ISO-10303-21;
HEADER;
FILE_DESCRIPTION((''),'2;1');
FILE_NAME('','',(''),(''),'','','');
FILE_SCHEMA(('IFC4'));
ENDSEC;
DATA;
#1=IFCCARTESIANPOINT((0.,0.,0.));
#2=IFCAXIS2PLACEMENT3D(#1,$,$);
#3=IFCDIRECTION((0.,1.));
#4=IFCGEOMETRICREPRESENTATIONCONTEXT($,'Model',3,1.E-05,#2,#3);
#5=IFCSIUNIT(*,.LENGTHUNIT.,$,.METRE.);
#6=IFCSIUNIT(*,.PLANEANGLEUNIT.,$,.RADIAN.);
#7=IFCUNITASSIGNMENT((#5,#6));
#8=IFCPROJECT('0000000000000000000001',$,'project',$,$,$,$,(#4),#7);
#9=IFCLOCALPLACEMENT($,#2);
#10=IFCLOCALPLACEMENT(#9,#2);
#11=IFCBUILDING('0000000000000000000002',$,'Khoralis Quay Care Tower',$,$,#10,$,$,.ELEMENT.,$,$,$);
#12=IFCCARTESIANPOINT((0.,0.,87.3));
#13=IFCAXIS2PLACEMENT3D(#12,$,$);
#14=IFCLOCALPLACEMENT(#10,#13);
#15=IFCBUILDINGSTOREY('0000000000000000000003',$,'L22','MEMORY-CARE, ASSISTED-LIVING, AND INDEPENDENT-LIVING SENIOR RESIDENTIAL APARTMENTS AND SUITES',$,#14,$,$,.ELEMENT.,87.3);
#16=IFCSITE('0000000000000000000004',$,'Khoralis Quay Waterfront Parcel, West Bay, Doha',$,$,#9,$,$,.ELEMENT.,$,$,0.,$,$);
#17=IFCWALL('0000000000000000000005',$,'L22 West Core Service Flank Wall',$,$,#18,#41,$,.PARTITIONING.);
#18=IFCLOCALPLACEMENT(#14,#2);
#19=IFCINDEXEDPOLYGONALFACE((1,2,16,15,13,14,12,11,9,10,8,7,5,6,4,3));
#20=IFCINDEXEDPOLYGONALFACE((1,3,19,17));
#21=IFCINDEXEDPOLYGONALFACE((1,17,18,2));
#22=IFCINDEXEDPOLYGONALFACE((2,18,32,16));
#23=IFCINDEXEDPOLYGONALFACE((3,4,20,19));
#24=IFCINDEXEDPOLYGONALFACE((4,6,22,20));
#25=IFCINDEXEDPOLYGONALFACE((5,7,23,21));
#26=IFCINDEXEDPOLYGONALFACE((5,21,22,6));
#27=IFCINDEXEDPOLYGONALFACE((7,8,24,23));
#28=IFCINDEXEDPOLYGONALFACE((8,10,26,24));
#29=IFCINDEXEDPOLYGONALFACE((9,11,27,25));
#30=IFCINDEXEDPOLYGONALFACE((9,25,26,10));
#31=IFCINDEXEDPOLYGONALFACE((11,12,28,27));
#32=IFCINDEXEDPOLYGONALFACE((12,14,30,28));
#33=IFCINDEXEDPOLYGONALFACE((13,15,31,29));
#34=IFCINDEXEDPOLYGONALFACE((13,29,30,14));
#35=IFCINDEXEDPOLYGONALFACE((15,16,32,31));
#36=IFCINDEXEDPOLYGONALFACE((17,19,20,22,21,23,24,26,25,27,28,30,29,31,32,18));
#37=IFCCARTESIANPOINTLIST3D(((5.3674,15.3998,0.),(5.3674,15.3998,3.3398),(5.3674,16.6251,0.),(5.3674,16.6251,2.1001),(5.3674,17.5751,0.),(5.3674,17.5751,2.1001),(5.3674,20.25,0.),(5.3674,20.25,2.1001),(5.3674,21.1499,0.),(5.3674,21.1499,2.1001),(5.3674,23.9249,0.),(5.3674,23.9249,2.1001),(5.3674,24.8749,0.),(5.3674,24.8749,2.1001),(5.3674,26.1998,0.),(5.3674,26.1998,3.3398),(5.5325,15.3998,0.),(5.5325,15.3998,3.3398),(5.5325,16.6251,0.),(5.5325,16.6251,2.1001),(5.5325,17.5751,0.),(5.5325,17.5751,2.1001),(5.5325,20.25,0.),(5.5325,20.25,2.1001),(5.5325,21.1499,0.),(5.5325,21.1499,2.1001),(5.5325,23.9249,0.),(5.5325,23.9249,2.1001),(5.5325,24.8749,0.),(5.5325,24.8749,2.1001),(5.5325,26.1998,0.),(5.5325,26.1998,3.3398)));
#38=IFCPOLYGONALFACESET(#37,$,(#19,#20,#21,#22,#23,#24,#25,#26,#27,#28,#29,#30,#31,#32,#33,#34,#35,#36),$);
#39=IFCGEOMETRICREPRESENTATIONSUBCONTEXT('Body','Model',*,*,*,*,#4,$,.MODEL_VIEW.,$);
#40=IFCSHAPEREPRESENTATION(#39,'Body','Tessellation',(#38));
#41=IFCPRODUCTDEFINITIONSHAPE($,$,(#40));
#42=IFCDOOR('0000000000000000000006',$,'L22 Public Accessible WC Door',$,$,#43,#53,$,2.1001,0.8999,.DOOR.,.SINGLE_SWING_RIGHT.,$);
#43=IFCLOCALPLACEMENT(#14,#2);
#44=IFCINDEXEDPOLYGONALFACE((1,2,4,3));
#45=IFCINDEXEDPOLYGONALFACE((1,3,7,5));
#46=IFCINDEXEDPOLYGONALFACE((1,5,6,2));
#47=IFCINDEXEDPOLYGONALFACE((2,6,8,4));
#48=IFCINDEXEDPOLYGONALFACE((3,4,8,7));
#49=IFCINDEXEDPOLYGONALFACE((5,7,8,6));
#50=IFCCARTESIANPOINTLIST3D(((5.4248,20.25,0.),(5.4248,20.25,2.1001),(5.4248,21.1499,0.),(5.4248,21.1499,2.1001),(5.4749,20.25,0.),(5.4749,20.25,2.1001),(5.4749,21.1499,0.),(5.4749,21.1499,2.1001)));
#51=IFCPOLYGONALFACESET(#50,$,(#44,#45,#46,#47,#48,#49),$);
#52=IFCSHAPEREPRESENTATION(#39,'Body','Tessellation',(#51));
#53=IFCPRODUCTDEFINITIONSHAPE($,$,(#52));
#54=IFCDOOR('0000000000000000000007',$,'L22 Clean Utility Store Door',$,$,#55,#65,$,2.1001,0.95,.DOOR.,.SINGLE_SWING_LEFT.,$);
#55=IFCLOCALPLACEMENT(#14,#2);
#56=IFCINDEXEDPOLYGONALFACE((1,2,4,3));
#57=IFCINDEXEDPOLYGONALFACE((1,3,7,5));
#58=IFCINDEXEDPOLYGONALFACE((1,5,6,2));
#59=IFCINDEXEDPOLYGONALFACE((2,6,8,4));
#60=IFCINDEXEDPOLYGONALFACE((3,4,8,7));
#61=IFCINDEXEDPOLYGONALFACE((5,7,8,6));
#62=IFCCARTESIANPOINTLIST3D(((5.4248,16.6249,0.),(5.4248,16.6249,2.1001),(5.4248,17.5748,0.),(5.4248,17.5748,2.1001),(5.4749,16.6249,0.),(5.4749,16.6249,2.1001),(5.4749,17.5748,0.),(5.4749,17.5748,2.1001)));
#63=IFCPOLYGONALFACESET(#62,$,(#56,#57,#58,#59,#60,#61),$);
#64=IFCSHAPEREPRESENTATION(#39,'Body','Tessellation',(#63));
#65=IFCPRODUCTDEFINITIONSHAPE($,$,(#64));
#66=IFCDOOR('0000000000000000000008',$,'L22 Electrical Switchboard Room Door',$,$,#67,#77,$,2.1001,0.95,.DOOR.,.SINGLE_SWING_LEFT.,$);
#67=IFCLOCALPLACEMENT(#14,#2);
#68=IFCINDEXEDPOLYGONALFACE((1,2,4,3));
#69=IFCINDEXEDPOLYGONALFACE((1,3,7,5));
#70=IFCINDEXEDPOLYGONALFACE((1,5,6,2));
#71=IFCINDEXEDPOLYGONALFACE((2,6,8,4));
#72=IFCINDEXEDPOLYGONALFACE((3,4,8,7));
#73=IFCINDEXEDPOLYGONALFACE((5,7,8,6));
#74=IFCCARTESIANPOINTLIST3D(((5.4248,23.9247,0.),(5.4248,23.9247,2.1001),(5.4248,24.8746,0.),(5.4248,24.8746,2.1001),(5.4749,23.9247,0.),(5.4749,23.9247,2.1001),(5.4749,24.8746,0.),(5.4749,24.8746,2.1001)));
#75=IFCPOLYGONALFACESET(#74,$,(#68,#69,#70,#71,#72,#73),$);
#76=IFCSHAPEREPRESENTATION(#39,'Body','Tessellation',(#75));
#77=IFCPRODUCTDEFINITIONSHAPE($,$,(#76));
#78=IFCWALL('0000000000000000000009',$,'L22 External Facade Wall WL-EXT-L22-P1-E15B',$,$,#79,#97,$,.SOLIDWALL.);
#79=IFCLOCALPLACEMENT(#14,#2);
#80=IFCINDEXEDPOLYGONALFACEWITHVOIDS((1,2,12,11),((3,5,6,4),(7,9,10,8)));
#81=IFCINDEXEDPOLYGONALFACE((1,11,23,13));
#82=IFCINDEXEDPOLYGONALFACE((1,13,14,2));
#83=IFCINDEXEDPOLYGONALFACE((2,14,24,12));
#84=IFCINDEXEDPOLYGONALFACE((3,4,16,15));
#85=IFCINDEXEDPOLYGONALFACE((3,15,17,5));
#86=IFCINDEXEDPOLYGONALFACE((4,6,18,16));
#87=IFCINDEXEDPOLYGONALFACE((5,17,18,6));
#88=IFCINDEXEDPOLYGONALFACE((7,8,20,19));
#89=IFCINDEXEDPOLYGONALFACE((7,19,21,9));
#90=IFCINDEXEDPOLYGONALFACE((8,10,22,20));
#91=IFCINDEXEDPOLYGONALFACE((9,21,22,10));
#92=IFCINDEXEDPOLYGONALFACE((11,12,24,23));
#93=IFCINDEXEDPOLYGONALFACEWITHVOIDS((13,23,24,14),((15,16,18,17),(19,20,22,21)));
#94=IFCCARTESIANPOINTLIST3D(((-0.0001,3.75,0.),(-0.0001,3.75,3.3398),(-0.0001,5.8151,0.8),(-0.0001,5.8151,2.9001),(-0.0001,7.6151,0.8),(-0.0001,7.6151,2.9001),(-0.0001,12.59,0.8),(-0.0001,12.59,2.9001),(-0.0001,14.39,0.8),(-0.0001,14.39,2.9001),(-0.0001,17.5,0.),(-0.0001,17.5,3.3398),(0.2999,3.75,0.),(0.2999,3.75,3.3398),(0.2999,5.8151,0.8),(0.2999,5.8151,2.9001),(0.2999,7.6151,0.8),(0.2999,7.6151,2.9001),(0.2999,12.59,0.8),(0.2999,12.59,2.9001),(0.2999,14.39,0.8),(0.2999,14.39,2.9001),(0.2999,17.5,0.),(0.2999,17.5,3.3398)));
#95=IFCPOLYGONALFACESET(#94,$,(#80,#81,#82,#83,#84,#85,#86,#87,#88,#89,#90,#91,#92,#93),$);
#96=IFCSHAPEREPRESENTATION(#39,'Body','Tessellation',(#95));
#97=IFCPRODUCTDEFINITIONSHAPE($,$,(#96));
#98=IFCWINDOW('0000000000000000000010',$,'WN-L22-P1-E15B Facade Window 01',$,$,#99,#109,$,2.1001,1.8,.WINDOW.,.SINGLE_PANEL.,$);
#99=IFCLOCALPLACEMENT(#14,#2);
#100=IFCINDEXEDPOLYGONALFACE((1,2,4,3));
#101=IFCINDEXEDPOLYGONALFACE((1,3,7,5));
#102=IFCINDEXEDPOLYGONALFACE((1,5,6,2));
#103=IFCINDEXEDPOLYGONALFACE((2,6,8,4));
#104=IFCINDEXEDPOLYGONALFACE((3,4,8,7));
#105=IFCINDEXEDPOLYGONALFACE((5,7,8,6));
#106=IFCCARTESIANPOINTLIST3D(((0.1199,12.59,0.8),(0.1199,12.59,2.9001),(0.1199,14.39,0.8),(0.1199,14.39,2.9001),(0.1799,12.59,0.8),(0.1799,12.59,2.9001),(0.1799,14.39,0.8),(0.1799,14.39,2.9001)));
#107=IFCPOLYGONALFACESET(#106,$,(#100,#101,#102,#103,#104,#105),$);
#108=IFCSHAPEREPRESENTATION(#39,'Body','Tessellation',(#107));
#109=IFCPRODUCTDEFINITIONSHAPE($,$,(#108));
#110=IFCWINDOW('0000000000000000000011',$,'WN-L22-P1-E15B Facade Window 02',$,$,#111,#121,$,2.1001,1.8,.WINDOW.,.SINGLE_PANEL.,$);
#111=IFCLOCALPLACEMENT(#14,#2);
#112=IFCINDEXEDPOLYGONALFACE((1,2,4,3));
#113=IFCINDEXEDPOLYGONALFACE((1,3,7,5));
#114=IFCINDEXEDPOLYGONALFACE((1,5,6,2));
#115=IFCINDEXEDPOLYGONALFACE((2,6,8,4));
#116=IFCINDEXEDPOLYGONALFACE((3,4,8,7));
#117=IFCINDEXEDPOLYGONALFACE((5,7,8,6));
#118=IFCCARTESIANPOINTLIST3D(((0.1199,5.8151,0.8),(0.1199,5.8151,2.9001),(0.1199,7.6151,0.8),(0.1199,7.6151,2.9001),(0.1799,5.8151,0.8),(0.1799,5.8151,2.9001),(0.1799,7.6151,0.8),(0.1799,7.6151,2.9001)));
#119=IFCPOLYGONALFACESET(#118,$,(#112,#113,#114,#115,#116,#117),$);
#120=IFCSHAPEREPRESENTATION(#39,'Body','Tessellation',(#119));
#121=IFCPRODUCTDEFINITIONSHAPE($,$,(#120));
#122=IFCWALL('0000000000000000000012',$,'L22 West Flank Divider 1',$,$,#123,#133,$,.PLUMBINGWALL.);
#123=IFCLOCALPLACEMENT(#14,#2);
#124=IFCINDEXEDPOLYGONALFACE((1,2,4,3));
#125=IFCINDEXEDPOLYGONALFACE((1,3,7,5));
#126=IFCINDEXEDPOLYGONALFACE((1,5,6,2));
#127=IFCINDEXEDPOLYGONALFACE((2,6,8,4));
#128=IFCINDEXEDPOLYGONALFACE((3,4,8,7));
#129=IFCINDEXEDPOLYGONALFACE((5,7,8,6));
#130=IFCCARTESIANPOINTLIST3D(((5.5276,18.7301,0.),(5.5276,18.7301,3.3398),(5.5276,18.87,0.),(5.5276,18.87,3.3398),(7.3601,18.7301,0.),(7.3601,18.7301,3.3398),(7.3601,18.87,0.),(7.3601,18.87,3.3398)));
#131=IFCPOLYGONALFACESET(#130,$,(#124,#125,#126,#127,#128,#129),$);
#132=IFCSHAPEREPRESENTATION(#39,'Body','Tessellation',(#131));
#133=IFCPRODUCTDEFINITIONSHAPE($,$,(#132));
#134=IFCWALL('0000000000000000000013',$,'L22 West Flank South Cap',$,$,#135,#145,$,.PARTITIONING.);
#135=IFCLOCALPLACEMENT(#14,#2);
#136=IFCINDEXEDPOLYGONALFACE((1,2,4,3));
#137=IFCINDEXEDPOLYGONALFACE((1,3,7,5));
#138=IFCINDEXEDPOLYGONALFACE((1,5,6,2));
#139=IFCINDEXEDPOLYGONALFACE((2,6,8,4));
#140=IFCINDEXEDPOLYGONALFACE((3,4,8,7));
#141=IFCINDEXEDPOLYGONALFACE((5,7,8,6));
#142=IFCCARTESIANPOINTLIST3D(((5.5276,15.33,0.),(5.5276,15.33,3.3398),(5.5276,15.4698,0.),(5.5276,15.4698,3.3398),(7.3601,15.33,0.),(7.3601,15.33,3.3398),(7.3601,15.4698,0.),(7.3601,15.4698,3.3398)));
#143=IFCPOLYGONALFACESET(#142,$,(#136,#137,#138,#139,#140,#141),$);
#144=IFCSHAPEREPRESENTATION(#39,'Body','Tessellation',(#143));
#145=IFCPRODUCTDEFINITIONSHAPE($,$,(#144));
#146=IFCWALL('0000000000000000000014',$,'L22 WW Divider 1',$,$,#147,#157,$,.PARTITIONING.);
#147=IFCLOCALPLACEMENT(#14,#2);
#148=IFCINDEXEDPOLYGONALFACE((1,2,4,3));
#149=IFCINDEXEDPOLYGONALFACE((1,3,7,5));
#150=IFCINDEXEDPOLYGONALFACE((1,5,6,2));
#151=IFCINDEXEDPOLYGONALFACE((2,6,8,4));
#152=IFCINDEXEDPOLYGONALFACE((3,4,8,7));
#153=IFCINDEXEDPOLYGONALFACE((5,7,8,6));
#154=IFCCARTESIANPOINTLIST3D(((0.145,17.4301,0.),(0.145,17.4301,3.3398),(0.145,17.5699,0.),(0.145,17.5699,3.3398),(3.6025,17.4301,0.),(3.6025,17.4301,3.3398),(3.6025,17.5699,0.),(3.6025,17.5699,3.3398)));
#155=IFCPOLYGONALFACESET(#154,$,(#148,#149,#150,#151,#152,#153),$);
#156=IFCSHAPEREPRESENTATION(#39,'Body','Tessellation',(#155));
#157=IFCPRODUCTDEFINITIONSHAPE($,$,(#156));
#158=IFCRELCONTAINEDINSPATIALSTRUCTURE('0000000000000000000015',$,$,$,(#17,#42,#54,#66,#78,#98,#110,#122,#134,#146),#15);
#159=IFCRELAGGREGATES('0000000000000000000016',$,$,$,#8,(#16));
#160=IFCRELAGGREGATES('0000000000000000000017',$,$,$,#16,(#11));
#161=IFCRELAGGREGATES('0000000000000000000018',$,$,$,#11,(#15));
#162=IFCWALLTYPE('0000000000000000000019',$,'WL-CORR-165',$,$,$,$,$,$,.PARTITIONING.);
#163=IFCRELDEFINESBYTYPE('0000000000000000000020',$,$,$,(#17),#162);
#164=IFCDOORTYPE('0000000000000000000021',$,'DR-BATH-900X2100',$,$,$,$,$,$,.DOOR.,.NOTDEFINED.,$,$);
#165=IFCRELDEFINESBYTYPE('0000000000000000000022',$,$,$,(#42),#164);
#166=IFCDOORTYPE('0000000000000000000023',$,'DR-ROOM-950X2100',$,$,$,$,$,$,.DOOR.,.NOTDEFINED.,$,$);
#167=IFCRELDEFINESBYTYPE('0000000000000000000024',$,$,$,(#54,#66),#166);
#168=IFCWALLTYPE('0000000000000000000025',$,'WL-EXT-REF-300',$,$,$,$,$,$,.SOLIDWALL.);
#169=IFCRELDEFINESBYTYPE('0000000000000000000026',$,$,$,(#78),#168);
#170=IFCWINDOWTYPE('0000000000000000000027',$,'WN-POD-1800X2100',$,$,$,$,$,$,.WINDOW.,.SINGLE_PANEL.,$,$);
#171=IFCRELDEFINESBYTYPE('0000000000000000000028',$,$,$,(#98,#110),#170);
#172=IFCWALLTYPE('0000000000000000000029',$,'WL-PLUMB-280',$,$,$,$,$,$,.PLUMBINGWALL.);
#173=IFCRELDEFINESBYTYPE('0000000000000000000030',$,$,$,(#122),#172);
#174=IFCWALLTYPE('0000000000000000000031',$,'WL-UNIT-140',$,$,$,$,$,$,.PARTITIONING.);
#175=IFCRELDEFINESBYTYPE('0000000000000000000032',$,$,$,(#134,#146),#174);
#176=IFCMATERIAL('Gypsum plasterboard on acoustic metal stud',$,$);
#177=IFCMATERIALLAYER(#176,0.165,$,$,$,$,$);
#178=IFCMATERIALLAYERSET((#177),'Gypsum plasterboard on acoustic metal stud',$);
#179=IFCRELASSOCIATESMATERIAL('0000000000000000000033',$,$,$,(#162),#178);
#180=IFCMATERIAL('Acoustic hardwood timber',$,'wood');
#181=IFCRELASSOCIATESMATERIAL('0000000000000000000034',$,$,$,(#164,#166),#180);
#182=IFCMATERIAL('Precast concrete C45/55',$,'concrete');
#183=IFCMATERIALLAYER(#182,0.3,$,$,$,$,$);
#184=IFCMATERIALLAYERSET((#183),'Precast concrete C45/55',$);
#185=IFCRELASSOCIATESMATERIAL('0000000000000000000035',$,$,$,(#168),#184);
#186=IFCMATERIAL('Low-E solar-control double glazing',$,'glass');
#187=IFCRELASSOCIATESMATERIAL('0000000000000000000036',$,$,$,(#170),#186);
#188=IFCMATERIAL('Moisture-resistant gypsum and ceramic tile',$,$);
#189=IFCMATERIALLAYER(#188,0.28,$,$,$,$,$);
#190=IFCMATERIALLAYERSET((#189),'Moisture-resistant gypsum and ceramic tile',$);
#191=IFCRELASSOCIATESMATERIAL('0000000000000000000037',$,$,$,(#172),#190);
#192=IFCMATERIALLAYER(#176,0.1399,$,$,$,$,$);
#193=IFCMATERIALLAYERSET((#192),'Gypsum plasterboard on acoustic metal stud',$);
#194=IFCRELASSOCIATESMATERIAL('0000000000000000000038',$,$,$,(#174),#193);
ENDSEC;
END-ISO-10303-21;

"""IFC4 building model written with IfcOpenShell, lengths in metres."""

from ifc_helpers import new_model, si_unit, direction, frame, frame_2d, origin, place, context, subcontext, project, spatial, rectangle, extrude, source, transform, mapped, material, layer, layer_set, type_object, element, fill, save


model = new_model("IFC4")

# Units and contexts
model_context = context("Model", 3, precision=1e-05, world=origin(), true_north=direction((0.0, 1.0)))
body_context = subcontext(model_context, "Body", "Model", "MODEL_VIEW")
ifc_project = project(units=[si_unit("LENGTHUNIT", "METRE"), si_unit("PLANEANGLEUNIT", "RADIAN")], contexts=[model_context])

# Site, building, storey
site_placement = place(None, origin())
site = spatial("IfcSite", under=ifc_project, at=site_placement, Name="Khoralis Quay Waterfront Parcel, West Bay, Doha", CompositionType="ELEMENT", RefElevation=0.0)
building_placement = place(site_placement, origin())
building = spatial("IfcBuilding", under=site, at=building_placement, Name="Khoralis Quay Care Tower", CompositionType="ELEMENT")
storey_placement = place(building_placement, frame((0.0, 0.0, 87.3)))
storey = spatial("IfcBuildingStorey", under=building, at=storey_placement, Name="L22", Description="MEMORY-CARE, ASSISTED-LIVING, AND INDEPENDENT-LIVING SENIOR RESIDENTIAL APARTMENTS AND SUITES", CompositionType="ELEMENT", Elevation=87.3)

# Shared definitions
ifc_material_1 = material(Name="Low-E solar-control double glazing", Category="glass")

# Wall, openings, doors
ifc_material_2 = material(Name="Gypsum plasterboard on acoustic metal stud")
ifc_layer_1 = layer(ifc_material_2, 0.165)
ifc_layer_set_1 = layer_set([ifc_layer_1], Name="Gypsum plasterboard on acoustic metal stud")
wall_type_1 = type_object("IfcWallType", Name="WL-CORR-165", PredefinedType="PARTITIONING", material=ifc_layer_set_1)
wall_1_placement = place(storey_placement, frame((5.45, 15.3999, 0.0), z_axis=(0.0, 0.0, 1.0), x_axis=(0.0, 1.0, 0.0)))
wall_1 = element("IfcWall", 1, at=wall_1_placement, inside=storey, type_object=wall_type_1, Name="L22 West Core Service Flank Wall", PredefinedType="PARTITIONING", context=body_context, shape_type="SweptSolid", body=[
    extrude(rectangle(XDim=10.8, YDim=0.165, at=frame_2d((5.3999, 0.0))), origin(), (0.0, 0.0, 1.0), 3.3398),
])
opening_1_placement = place(wall_1_placement, frame((1.2251, 0.0, 0.0)))
opening_1 = element("IfcOpeningElement", 2, at=opening_1_placement, cuts=wall_1, PredefinedType="OPENING", context=body_context, shape_type="SweptSolid", body=[
    extrude(rectangle(XDim=0.95, YDim=2.1001, at=frame_2d((0.4751, 1.05))), frame((0.0, 0.0925, 0.0), z_axis=(0.0, -1.0, 0.0), x_axis=(1.0, 0.0, 0.0)), (0.0, 0.0, 1.0), 0.1851),
])
opening_2_placement = place(wall_1_placement, frame((4.8501, 0.0, 0.0)))
opening_2 = element("IfcOpeningElement", 3, at=opening_2_placement, cuts=wall_1, PredefinedType="OPENING", context=body_context, shape_type="SweptSolid", body=[
    extrude(rectangle(XDim=0.8999, YDim=2.1001, at=frame_2d((0.45, 1.05))), frame((0.0, 0.0925, 0.0), z_axis=(0.0, -1.0, 0.0), x_axis=(1.0, 0.0, 0.0)), (0.0, 0.0, 1.0), 0.1851),
])
opening_3_placement = place(wall_1_placement, frame((8.5249, 0.0, 0.0)))
opening_3 = element("IfcOpeningElement", 4, at=opening_3_placement, cuts=wall_1, PredefinedType="OPENING", context=body_context, shape_type="SweptSolid", body=[
    extrude(rectangle(XDim=0.95, YDim=2.1001, at=frame_2d((0.4751, 1.05))), frame((0.0, 0.0925, 0.0), z_axis=(0.0, -1.0, 0.0), x_axis=(1.0, 0.0, 0.0)), (0.0, 0.0, 1.0), 0.1851),
])
ifc_material_3 = material(Name="Acoustic hardwood timber", Category="wood")
door_type_1 = type_object("IfcDoorType", Name="DR-BATH-900X2100", OperationType="NOTDEFINED", PredefinedType="DOOR", material=ifc_material_3)
shared_shape_1 = source(origin(), body_context, "Body", "SweptSolid", [
    extrude(rectangle(XDim=0.8999, YDim=2.1001, at=frame_2d((0.45, 1.05))), frame((0.0, 0.0249, 0.0), z_axis=(0.0, -1.0, 0.0), x_axis=(1.0, 0.0, 0.0)), (0.0, 0.0, 1.0), 0.05),
])
door_1_placement = place(opening_2_placement, frame((0.8999, 0.0, 0.0), z_axis=(0.0, 0.0, 1.0), x_axis=(-1.0, 0.0, 0.0)))
door_1 = element("IfcDoor", 5, at=door_1_placement, inside=storey, type_object=door_type_1, Name="L22 Public Accessible WC Door", OperationType="SINGLE_SWING_RIGHT", OverallHeight=2.1001, OverallWidth=0.8999, PredefinedType="DOOR", context=body_context, shape_type="MappedRepresentation", body=[
    mapped(shared_shape_1, transform((0.0, 0.0, 0.0), scale=1.0)),
])
fill(opening_2, door_1)
door_type_2 = type_object("IfcDoorType", Name="DR-ROOM-950X2100", OperationType="NOTDEFINED", PredefinedType="DOOR", material=ifc_material_3)
shared_shape_2 = source(origin(), body_context, "Body", "SweptSolid", [
    extrude(rectangle(XDim=0.95, YDim=2.1001, at=frame_2d((0.4751, 1.05))), frame((0.0, 0.0249, 0.0), z_axis=(0.0, -1.0, 0.0), x_axis=(1.0, 0.0, 0.0)), (0.0, 0.0, 1.0), 0.05),
])
door_2_placement = place(opening_1_placement, frame((0.95, 0.0, 0.0), z_axis=(0.0, 0.0, 1.0), x_axis=(-1.0, 0.0, 0.0)))
door_2 = element("IfcDoor", 6, at=door_2_placement, inside=storey, type_object=door_type_2, Name="L22 Clean Utility Store Door", OperationType="SINGLE_SWING_LEFT", OverallHeight=2.1001, OverallWidth=0.95, PredefinedType="DOOR", context=body_context, shape_type="MappedRepresentation", body=[
    mapped(shared_shape_2, transform((0.0, 0.0, 0.0), scale=1.0)),
])
fill(opening_1, door_2)
door_3_placement = place(opening_3_placement, frame((0.95, 0.0, 0.0), z_axis=(0.0, 0.0, 1.0), x_axis=(-1.0, 0.0, 0.0)))
door_3 = element("IfcDoor", 7, at=door_3_placement, inside=storey, type_object=door_type_2, Name="L22 Electrical Switchboard Room Door", OperationType="SINGLE_SWING_LEFT", OverallHeight=2.1001, OverallWidth=0.95, PredefinedType="DOOR", context=body_context, shape_type="MappedRepresentation", body=[
    mapped(shared_shape_2, transform((0.0, 0.0, 0.0), scale=1.0)),
])
fill(opening_3, door_3)

# Wall, openings, windows
ifc_material_4 = material(Name="Precast concrete C45/55", Category="concrete")
ifc_layer_2 = layer(ifc_material_4, 0.3)
ifc_layer_set_2 = layer_set([ifc_layer_2], Name="Precast concrete C45/55")
wall_type_2 = type_object("IfcWallType", Name="WL-EXT-REF-300", PredefinedType="SOLIDWALL", material=ifc_layer_set_2)
wall_2_placement = place(storey_placement, frame((0.1499, 17.5, 0.0), z_axis=(0.0, 0.0, 1.0), x_axis=(0.0, -1.0, 0.0)))
wall_2 = element("IfcWall", 8, at=wall_2_placement, inside=storey, type_object=wall_type_2, Name="L22 External Facade Wall WL-EXT-L22-P1-E15B", PredefinedType="SOLIDWALL", context=body_context, shape_type="SweptSolid", body=[
    extrude(rectangle(XDim=13.75, YDim=0.3, at=frame_2d((6.875, 0.0))), origin(), (0.0, 0.0, 1.0), 3.3398),
])
opening_4_placement = place(wall_2_placement, frame((3.1101, 0.0, 0.8)))
opening_4 = element("IfcOpeningElement", 9, at=opening_4_placement, cuts=wall_2, PredefinedType="OPENING", context=body_context, shape_type="SweptSolid", body=[
    extrude(rectangle(XDim=1.8, YDim=2.1001, at=frame_2d((0.8999, 1.05))), frame((0.0, 0.1602, 0.0), z_axis=(0.0, -1.0, 0.0), x_axis=(1.0, 0.0, 0.0)), (0.0, 0.0, 1.0), 0.3201),
])
opening_5_placement = place(wall_2_placement, frame((9.885, 0.0, 0.8)))
opening_5 = element("IfcOpeningElement", 10, at=opening_5_placement, cuts=wall_2, PredefinedType="OPENING", context=body_context, shape_type="SweptSolid", body=[
    extrude(rectangle(XDim=1.8, YDim=2.1001, at=frame_2d((0.8999, 1.05))), frame((0.0, 0.1602, 0.0), z_axis=(0.0, -1.0, 0.0), x_axis=(1.0, 0.0, 0.0)), (0.0, 0.0, 1.0), 0.3201),
])
window_type = type_object("IfcWindowType", Name="WN-POD-1800X2100", PartitioningType="SINGLE_PANEL", PredefinedType="WINDOW", material=ifc_material_1)
shared_shape_3 = source(origin(), body_context, "Body", "SweptSolid", [
    extrude(rectangle(XDim=1.8, YDim=2.1001, at=frame_2d((0.8999, 1.05))), frame((0.0, 0.03, 0.0), z_axis=(0.0, -1.0, 0.0), x_axis=(1.0, 0.0, 0.0)), (0.0, 0.0, 1.0), 0.0601),
])
window_1_placement = place(opening_4_placement, origin())
window_1 = element("IfcWindow", 11, at=window_1_placement, inside=storey, type_object=window_type, Name="WN-L22-P1-E15B Facade Window 01", OverallHeight=2.1001, OverallWidth=1.8, PartitioningType="SINGLE_PANEL", PredefinedType="WINDOW", context=body_context, shape_type="MappedRepresentation", body=[
    mapped(shared_shape_3, transform((0.0, 0.0, 0.0), scale=1.0)),
])
fill(opening_4, window_1)
window_2_placement = place(opening_5_placement, origin())
window_2 = element("IfcWindow", 12, at=window_2_placement, inside=storey, type_object=window_type, Name="WN-L22-P1-E15B Facade Window 02", OverallHeight=2.1001, OverallWidth=1.8, PartitioningType="SINGLE_PANEL", PredefinedType="WINDOW", context=body_context, shape_type="MappedRepresentation", body=[
    mapped(shared_shape_3, transform((0.0, 0.0, 0.0), scale=1.0)),
])
fill(opening_5, window_2)

# Walls
ifc_material_5 = material(Name="Moisture-resistant gypsum and ceramic tile")
ifc_layer_3 = layer(ifc_material_5, 0.28)
ifc_layer_set_3 = layer_set([ifc_layer_3], Name="Moisture-resistant gypsum and ceramic tile")
wall_type_3 = type_object("IfcWallType", Name="WL-PLUMB-280", PredefinedType="PLUMBINGWALL", material=ifc_layer_set_3)
wall_3_placement = place(storey_placement, frame((5.5276, 18.8, 0.0), z_axis=(0.0, 0.0, 1.0), x_axis=(1.0, 0.0, 0.0)))
element("IfcWall", 13, at=wall_3_placement, inside=storey, type_object=wall_type_3, Name="L22 West Flank Divider 1", PredefinedType="PLUMBINGWALL", context=body_context, shape_type="SweptSolid", body=[
    extrude(rectangle(XDim=1.8325, YDim=0.1399, at=frame_2d((0.9163, 0.0))), origin(), (0.0, 0.0, 1.0), 3.3398),
])
ifc_layer_4 = layer(ifc_material_2, 0.1399)
ifc_layer_set_4 = layer_set([ifc_layer_4], Name="Gypsum plasterboard on acoustic metal stud")
wall_type_4 = type_object("IfcWallType", Name="WL-UNIT-140", PredefinedType="PARTITIONING", material=ifc_layer_set_4)
wall_4_placement = place(storey_placement, frame((5.5276, 15.3999, 0.0), z_axis=(0.0, 0.0, 1.0), x_axis=(1.0, 0.0, 0.0)))
element("IfcWall", 14, at=wall_4_placement, inside=storey, type_object=wall_type_4, Name="L22 West Flank South Cap", PredefinedType="PARTITIONING", context=body_context, shape_type="SweptSolid", body=[
    extrude(rectangle(XDim=1.8325, YDim=0.1399, at=frame_2d((0.9163, 0.0))), origin(), (0.0, 0.0, 1.0), 3.3398),
])
wall_5_placement = place(storey_placement, frame((0.145, 17.5, 0.0), z_axis=(0.0, 0.0, 1.0), x_axis=(1.0, 0.0, 0.0)))
element("IfcWall", 15, at=wall_5_placement, inside=storey, type_object=wall_type_4, Name="L22 WW Divider 1", PredefinedType="PARTITIONING", context=body_context, shape_type="SweptSolid", body=[
    extrude(rectangle(XDim=3.4575, YDim=0.1399, at=frame_2d((1.7288, 0.0))), origin(), (0.0, 0.0, 1.0), 3.3398),
])

save(model, "model.ifc")
